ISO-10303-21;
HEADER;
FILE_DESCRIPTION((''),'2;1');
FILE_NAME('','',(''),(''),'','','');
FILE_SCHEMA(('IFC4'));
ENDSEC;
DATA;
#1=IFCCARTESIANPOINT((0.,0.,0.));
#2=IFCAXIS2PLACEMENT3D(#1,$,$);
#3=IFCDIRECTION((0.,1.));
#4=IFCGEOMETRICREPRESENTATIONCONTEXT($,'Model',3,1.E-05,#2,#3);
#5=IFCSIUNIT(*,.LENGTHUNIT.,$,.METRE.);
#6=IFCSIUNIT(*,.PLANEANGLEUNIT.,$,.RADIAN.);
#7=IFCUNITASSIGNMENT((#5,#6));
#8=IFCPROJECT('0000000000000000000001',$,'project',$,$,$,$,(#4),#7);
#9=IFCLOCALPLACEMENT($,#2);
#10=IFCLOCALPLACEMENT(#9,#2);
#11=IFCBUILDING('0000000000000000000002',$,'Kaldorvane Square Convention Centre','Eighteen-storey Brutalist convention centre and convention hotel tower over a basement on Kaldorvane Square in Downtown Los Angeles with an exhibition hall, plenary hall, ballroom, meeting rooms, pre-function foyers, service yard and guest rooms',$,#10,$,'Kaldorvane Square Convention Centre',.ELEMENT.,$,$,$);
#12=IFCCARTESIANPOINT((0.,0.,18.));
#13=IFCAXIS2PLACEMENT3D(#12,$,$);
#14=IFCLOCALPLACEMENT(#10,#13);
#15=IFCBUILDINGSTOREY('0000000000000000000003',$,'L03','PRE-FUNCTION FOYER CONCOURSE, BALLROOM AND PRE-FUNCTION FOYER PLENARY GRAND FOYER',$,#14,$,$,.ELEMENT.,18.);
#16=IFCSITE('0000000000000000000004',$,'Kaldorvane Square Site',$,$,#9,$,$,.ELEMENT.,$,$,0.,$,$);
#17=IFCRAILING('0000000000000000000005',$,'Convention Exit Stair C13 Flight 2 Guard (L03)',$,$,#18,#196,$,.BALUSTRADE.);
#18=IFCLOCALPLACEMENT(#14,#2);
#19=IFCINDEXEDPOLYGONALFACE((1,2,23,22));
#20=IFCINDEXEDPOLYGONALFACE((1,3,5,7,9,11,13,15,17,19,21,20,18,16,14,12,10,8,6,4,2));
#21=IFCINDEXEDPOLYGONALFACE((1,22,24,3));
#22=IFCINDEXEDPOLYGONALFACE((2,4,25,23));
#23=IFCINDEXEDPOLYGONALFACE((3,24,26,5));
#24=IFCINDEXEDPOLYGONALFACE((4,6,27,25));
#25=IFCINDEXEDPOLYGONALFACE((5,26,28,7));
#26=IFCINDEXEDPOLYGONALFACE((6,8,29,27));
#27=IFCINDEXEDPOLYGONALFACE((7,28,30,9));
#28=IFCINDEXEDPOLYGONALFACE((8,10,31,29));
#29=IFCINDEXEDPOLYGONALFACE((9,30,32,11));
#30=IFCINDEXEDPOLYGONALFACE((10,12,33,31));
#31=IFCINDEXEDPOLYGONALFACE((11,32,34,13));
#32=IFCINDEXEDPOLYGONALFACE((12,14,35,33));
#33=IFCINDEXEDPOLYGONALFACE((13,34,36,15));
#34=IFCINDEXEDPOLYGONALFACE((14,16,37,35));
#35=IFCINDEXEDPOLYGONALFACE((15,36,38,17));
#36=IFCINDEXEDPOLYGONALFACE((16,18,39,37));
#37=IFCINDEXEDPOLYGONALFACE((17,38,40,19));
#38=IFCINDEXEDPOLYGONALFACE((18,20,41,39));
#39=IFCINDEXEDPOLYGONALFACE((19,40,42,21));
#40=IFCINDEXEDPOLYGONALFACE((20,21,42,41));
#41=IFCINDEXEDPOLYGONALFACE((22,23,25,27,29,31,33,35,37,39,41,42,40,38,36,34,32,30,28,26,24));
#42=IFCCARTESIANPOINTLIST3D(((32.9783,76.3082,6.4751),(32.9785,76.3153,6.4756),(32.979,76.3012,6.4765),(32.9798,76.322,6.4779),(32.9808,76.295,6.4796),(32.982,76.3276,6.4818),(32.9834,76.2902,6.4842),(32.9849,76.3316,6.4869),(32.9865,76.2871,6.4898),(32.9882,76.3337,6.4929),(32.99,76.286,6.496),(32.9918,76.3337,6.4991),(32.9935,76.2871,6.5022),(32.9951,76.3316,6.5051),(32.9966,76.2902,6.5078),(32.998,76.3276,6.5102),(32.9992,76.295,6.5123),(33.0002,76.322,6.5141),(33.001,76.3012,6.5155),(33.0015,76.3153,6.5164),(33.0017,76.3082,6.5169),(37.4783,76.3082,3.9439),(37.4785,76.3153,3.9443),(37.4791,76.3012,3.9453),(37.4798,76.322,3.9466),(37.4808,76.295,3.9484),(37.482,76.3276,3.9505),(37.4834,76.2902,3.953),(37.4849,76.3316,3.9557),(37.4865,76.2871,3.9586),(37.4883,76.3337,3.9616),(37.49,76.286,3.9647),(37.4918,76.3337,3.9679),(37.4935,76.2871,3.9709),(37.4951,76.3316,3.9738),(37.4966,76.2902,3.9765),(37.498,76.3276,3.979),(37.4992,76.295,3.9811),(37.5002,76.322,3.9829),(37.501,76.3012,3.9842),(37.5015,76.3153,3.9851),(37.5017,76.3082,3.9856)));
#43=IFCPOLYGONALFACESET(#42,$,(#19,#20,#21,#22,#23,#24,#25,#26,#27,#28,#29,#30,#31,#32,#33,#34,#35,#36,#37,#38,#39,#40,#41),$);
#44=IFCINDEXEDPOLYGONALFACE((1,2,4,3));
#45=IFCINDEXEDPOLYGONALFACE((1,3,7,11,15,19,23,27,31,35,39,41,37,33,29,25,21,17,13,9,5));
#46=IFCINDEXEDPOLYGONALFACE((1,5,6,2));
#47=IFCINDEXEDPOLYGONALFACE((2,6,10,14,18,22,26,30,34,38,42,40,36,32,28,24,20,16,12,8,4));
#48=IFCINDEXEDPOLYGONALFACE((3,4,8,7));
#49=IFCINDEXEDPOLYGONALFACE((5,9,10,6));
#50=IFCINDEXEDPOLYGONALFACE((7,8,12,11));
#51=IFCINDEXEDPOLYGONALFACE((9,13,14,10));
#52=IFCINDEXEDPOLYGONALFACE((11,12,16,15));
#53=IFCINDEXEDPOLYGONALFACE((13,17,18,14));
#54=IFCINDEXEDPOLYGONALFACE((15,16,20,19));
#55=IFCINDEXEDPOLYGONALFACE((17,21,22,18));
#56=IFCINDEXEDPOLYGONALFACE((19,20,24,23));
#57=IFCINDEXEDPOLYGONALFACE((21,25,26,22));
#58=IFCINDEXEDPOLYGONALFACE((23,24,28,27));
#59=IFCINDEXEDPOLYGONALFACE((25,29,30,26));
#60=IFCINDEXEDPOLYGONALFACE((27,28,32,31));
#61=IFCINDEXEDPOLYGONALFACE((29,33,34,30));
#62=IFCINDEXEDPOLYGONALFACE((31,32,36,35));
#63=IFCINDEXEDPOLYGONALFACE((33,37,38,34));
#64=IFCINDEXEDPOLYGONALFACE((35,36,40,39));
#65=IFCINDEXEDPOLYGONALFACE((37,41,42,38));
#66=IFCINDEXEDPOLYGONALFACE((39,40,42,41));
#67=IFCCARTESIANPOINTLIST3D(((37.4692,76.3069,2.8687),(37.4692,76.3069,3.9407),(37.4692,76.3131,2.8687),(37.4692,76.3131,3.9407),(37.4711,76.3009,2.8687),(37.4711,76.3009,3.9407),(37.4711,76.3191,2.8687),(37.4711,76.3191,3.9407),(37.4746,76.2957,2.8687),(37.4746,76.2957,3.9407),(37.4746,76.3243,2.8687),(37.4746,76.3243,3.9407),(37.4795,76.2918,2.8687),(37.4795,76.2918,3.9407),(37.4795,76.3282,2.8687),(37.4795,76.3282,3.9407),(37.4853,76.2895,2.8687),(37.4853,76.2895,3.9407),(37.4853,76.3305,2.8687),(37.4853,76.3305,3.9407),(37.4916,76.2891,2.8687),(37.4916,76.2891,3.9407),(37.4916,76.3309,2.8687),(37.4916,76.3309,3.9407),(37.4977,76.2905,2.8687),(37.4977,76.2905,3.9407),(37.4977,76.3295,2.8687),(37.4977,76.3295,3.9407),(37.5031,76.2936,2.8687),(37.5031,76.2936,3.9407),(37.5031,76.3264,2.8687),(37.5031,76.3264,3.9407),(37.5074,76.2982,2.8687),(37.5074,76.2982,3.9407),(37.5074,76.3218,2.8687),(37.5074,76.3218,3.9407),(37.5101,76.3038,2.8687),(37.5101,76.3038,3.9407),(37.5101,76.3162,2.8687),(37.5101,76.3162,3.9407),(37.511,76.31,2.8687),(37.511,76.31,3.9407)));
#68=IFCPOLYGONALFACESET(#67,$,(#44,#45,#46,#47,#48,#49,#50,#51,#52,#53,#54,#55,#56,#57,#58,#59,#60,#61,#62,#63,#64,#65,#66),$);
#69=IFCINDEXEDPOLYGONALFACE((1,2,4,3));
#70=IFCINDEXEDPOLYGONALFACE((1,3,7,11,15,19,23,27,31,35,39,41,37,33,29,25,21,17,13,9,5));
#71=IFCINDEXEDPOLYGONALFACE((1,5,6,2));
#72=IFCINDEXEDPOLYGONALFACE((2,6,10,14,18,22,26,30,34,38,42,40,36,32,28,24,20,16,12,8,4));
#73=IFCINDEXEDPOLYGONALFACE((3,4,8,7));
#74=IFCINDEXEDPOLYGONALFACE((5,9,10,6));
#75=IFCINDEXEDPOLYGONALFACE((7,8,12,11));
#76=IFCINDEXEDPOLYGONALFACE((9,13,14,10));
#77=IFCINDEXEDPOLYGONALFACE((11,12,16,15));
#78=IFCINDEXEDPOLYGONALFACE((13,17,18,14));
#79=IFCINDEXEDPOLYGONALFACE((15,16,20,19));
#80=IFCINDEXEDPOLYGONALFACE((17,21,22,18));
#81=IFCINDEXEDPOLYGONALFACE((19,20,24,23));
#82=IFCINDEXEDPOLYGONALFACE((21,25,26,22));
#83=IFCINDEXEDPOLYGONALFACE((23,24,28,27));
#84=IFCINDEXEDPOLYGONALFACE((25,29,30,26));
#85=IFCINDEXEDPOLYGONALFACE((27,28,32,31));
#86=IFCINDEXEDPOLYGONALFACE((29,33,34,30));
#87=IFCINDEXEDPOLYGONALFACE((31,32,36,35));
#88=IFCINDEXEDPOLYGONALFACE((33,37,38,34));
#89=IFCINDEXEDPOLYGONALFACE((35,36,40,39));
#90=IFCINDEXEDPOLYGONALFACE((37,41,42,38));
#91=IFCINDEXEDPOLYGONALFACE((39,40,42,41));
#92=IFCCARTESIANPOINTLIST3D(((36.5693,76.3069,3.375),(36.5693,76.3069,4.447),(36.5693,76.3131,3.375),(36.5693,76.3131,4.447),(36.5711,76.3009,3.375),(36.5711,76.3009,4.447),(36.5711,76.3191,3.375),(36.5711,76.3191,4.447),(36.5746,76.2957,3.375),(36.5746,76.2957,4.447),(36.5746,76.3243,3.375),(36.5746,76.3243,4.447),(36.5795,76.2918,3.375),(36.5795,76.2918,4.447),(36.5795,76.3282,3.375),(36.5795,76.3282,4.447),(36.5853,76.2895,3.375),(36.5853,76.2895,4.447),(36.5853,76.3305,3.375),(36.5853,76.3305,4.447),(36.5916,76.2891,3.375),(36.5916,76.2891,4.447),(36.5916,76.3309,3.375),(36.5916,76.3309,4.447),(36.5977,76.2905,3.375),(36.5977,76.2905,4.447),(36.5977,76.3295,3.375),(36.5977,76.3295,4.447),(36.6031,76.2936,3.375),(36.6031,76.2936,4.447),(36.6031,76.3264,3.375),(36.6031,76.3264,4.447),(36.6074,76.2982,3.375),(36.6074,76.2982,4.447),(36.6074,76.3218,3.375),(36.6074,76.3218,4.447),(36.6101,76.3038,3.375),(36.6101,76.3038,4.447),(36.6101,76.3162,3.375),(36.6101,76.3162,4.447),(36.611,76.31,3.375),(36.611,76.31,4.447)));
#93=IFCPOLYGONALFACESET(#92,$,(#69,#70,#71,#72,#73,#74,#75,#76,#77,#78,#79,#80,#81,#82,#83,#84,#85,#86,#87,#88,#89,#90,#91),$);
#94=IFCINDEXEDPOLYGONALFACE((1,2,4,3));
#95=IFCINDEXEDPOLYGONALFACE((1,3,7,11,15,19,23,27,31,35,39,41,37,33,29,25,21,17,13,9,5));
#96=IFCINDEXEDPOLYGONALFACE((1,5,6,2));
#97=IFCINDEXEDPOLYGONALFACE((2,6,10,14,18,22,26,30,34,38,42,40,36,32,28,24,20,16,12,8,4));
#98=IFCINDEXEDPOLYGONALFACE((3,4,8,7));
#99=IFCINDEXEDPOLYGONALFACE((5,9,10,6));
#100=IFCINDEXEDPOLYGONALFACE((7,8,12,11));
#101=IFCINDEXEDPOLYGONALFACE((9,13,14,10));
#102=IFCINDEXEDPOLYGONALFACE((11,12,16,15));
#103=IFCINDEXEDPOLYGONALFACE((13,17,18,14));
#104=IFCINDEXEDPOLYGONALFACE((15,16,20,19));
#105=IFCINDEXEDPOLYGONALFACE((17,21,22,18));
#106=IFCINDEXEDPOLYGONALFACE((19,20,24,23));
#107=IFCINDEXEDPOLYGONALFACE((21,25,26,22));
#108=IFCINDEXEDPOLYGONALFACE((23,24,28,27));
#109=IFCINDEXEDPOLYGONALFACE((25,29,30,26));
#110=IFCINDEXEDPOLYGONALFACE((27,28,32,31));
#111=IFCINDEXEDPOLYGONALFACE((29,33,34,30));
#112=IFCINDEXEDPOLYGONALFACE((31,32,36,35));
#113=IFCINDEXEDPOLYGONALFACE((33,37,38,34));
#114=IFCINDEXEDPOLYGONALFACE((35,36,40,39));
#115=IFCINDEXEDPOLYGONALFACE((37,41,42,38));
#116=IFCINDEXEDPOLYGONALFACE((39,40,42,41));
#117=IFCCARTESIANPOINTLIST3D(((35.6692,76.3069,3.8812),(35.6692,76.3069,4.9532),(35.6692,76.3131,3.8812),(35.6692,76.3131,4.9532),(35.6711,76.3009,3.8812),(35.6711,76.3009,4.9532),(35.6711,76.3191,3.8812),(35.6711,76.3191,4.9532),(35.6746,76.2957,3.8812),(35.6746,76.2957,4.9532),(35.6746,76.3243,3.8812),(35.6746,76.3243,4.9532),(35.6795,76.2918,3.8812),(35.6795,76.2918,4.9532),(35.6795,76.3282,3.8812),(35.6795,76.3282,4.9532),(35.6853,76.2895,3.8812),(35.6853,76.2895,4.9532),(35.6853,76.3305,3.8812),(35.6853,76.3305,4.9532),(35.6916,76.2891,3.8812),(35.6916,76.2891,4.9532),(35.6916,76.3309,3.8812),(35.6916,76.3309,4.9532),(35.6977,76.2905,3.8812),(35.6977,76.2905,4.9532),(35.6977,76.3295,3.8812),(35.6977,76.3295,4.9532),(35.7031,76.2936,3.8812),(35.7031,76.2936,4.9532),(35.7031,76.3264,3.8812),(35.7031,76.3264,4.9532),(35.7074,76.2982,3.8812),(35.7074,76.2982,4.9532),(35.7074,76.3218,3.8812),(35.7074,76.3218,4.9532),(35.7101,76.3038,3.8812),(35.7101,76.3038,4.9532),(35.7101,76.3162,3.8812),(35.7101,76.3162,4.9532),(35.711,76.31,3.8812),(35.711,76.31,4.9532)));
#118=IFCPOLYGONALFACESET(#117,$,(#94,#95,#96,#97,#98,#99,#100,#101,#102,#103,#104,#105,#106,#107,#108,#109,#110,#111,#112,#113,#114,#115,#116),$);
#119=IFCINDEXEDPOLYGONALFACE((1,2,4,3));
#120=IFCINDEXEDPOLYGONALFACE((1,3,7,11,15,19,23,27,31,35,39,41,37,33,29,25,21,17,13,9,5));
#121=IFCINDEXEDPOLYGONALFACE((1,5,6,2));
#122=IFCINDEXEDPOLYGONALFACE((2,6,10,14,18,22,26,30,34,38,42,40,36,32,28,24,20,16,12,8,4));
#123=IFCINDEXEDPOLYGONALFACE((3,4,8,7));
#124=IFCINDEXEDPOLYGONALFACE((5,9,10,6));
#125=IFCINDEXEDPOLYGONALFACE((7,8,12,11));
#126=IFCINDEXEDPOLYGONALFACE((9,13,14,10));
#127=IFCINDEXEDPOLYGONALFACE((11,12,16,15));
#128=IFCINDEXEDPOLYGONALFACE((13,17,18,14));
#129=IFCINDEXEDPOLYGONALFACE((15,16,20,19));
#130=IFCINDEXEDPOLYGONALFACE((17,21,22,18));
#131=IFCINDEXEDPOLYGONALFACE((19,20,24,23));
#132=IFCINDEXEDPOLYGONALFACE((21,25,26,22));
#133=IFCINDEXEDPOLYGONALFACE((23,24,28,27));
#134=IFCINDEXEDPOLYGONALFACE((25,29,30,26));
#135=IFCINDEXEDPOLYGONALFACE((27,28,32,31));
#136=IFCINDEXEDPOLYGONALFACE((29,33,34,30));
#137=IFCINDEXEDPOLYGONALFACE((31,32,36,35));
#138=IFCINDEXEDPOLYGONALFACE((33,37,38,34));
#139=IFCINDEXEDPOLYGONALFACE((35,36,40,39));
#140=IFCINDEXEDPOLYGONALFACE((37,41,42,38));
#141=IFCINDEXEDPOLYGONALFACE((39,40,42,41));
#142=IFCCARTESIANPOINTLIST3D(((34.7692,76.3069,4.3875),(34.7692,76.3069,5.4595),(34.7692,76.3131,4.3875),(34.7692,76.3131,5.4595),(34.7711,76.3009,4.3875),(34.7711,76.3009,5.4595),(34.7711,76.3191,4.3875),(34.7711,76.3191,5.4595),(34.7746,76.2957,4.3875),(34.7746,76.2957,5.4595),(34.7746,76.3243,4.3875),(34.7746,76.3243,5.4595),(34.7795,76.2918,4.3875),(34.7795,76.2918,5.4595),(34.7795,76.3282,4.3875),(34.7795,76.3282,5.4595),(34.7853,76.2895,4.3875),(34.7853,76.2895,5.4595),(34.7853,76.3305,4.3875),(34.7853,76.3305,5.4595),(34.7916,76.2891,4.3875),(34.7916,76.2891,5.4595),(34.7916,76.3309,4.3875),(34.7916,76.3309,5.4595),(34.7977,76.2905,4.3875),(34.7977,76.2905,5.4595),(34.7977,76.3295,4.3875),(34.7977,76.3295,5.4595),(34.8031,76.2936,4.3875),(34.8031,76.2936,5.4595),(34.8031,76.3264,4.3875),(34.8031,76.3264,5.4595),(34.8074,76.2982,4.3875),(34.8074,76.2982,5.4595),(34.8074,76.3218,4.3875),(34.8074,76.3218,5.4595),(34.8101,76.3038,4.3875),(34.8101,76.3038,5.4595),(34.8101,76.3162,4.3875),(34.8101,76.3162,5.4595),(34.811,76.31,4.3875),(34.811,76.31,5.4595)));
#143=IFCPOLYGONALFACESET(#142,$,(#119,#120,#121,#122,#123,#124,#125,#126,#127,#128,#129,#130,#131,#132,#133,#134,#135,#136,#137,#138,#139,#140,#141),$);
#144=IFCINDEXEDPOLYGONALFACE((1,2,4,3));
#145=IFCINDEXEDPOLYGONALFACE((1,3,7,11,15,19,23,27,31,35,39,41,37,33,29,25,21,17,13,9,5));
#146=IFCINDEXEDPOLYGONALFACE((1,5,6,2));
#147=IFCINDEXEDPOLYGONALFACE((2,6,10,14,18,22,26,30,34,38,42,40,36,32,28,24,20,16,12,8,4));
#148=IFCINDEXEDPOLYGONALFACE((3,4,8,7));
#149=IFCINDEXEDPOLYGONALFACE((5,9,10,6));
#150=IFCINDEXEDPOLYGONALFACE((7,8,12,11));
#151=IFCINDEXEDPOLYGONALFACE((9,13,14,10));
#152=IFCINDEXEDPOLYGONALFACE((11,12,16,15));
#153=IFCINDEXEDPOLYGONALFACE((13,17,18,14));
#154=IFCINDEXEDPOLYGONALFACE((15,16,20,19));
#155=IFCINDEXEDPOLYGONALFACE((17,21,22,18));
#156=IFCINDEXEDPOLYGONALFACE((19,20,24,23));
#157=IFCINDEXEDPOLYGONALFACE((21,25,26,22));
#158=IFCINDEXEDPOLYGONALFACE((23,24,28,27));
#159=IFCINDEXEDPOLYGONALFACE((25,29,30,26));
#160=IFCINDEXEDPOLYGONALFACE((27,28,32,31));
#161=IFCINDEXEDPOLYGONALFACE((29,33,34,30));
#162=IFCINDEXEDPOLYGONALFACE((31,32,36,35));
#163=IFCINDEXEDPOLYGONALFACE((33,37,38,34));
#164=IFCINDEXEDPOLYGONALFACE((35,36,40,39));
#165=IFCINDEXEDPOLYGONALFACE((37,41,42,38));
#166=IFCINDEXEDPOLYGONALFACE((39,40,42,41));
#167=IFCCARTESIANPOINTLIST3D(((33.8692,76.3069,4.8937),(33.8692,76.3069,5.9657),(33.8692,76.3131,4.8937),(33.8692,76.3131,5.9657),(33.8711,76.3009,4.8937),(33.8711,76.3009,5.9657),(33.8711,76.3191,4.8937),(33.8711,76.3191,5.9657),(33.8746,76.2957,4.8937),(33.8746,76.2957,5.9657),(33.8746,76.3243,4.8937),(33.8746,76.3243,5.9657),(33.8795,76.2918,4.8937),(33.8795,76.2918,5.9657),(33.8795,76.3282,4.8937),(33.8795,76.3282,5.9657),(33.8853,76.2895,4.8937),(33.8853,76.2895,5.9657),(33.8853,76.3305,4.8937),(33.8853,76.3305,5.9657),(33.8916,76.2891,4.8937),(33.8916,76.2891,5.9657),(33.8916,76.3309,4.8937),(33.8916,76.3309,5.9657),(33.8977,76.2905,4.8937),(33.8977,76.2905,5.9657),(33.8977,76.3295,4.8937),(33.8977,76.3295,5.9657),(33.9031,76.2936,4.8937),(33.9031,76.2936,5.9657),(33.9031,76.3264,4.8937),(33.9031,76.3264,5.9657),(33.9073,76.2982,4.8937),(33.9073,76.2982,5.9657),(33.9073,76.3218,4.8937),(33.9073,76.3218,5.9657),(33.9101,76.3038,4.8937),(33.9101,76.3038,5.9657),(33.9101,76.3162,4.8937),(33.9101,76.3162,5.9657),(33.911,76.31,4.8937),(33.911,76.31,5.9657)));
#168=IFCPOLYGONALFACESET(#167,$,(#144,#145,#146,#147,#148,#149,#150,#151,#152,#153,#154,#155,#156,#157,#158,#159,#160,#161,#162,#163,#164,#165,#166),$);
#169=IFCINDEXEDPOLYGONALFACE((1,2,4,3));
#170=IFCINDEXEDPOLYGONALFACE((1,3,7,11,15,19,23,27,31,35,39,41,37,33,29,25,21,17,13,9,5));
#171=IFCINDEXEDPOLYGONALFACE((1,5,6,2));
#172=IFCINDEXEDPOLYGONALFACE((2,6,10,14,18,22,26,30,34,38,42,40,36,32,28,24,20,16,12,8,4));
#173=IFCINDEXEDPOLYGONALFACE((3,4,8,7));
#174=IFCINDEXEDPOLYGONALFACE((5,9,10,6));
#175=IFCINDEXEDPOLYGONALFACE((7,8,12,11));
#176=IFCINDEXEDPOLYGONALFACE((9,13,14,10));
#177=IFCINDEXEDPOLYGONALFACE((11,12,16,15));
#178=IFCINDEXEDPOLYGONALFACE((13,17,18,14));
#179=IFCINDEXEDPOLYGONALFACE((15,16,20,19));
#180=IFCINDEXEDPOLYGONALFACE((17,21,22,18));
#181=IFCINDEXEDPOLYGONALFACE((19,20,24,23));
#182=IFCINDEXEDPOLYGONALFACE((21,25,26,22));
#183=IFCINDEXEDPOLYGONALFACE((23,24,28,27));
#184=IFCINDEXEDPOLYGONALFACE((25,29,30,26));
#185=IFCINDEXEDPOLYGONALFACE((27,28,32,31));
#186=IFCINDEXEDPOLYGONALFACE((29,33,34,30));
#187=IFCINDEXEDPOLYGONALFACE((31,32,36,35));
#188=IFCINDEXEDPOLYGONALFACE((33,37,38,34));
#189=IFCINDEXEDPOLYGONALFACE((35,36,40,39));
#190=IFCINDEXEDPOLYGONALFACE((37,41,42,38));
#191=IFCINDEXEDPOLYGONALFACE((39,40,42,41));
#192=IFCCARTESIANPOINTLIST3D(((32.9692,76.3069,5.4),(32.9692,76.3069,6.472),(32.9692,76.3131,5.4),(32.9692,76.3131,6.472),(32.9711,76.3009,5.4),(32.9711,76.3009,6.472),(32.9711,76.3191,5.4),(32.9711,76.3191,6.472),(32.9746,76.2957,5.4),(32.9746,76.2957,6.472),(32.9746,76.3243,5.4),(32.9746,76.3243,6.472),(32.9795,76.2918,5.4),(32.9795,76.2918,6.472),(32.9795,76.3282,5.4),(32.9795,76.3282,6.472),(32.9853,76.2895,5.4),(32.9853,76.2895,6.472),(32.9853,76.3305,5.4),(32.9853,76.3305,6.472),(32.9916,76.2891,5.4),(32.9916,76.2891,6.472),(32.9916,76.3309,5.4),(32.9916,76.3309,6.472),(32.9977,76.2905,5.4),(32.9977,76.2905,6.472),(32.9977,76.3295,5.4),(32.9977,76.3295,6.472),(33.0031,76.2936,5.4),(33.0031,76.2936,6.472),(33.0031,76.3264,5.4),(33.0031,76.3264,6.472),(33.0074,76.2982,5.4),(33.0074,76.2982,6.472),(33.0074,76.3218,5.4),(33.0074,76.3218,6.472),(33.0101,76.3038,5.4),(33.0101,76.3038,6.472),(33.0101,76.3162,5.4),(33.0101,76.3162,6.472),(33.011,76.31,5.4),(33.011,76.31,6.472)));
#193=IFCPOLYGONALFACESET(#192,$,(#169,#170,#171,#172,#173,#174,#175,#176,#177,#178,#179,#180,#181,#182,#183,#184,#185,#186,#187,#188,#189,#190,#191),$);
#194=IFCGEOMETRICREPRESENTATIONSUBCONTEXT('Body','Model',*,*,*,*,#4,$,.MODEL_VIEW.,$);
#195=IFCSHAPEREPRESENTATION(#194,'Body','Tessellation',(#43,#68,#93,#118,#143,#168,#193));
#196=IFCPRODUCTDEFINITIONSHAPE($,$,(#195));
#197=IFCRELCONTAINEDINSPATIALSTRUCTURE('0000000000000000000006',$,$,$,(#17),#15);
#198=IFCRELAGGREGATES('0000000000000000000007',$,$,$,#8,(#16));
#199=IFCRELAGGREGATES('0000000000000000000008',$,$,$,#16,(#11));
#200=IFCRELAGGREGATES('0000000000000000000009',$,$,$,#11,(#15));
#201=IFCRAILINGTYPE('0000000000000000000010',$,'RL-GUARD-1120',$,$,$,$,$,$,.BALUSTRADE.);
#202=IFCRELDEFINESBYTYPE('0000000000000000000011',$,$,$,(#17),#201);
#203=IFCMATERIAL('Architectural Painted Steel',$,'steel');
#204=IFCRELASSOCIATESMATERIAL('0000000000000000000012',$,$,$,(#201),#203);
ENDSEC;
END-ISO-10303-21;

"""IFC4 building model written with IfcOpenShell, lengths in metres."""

from ifc_helpers import new_model, si_unit, direction, frame, origin, origin_2d, place, context, subcontext, project, spatial, circle, extrude, material, type_object, element, save


model = new_model("IFC4")

# Units and contexts
model_context = context("Model", 3, precision=1e-05, world=origin(), true_north=direction((0.0, 1.0)))
body_context = subcontext(model_context, "Body", "Model", "MODEL_VIEW")
ifc_project = project(units=[si_unit("LENGTHUNIT", "METRE"), si_unit("PLANEANGLEUNIT", "RADIAN")], contexts=[model_context])

# Site, building, storey
site_placement = place(None, origin())
site = spatial("IfcSite", under=ifc_project, at=site_placement, Name="Kaldorvane Square Site", CompositionType="ELEMENT", RefElevation=0.0)
building_placement = place(site_placement, origin())
building = spatial("IfcBuilding", under=site, at=building_placement, Name="Kaldorvane Square Convention Centre", Description="Eighteen-storey Brutalist convention centre and convention hotel tower over a basement on Kaldorvane Square in Downtown Los Angeles with an exhibition hall, plenary hall, ballroom, meeting rooms, pre-function foyers, service yard and guest rooms", LongName="Kaldorvane Square Convention Centre", CompositionType="ELEMENT")
storey_placement = place(building_placement, frame((0.0, 0.0, 18.0)))
storey = spatial("IfcBuildingStorey", under=building, at=storey_placement, Name="L03", Description="PRE-FUNCTION FOYER CONCOURSE, BALLROOM AND PRE-FUNCTION FOYER PLENARY GRAND FOYER", CompositionType="ELEMENT", Elevation=18.0)

# Railing
ifc_material_1 = material(Name="Architectural Painted Steel", Category="steel")
railing_type_1 = type_object("IfcRailingType", Name="RL-GUARD-1120", PredefinedType="BALUSTRADE", material=ifc_material_1)
railing_1_placement = place(storey_placement, frame((37.49, 76.31, 2.8687)))
element("IfcRailing", 1, at=railing_1_placement, inside=storey, type_object=railing_type_1, Name="Convention Exit Stair C13 Flight 2 Guard (L03)", PredefinedType="BALUSTRADE", context=body_context, shape_type="SweptSolid", body=[
    extrude(circle(Radius=0.024, at=origin_2d()), frame((0.0, 0.0, 1.096), z_axis=(-0.871576, 0.0, 0.490261), x_axis=(0.0, -1.0, 0.0)), (0.0, 0.0, 1.0), 5.1631),
    extrude(circle(Radius=0.021, at=origin_2d()), origin(), (0.0, 0.0, 1.0), 1.072),
    extrude(circle(Radius=0.021, at=origin_2d()), frame((-0.9, 0.0, 0.5063)), (0.0, 0.0, 1.0), 1.072),
    extrude(circle(Radius=0.021, at=origin_2d()), frame((-1.8, 0.0, 1.0125)), (0.0, 0.0, 1.0), 1.072),
    extrude(circle(Radius=0.021, at=origin_2d()), frame((-2.7, 0.0, 1.5188)), (0.0, 0.0, 1.0), 1.072),
    extrude(circle(Radius=0.021, at=origin_2d()), frame((-3.6, 0.0, 2.025)), (0.0, 0.0, 1.0), 1.072),
    extrude(circle(Radius=0.021, at=origin_2d()), frame((-4.5, 0.0, 2.5312)), (0.0, 0.0, 1.0), 1.072),
])

save(model, "model.ifc")
